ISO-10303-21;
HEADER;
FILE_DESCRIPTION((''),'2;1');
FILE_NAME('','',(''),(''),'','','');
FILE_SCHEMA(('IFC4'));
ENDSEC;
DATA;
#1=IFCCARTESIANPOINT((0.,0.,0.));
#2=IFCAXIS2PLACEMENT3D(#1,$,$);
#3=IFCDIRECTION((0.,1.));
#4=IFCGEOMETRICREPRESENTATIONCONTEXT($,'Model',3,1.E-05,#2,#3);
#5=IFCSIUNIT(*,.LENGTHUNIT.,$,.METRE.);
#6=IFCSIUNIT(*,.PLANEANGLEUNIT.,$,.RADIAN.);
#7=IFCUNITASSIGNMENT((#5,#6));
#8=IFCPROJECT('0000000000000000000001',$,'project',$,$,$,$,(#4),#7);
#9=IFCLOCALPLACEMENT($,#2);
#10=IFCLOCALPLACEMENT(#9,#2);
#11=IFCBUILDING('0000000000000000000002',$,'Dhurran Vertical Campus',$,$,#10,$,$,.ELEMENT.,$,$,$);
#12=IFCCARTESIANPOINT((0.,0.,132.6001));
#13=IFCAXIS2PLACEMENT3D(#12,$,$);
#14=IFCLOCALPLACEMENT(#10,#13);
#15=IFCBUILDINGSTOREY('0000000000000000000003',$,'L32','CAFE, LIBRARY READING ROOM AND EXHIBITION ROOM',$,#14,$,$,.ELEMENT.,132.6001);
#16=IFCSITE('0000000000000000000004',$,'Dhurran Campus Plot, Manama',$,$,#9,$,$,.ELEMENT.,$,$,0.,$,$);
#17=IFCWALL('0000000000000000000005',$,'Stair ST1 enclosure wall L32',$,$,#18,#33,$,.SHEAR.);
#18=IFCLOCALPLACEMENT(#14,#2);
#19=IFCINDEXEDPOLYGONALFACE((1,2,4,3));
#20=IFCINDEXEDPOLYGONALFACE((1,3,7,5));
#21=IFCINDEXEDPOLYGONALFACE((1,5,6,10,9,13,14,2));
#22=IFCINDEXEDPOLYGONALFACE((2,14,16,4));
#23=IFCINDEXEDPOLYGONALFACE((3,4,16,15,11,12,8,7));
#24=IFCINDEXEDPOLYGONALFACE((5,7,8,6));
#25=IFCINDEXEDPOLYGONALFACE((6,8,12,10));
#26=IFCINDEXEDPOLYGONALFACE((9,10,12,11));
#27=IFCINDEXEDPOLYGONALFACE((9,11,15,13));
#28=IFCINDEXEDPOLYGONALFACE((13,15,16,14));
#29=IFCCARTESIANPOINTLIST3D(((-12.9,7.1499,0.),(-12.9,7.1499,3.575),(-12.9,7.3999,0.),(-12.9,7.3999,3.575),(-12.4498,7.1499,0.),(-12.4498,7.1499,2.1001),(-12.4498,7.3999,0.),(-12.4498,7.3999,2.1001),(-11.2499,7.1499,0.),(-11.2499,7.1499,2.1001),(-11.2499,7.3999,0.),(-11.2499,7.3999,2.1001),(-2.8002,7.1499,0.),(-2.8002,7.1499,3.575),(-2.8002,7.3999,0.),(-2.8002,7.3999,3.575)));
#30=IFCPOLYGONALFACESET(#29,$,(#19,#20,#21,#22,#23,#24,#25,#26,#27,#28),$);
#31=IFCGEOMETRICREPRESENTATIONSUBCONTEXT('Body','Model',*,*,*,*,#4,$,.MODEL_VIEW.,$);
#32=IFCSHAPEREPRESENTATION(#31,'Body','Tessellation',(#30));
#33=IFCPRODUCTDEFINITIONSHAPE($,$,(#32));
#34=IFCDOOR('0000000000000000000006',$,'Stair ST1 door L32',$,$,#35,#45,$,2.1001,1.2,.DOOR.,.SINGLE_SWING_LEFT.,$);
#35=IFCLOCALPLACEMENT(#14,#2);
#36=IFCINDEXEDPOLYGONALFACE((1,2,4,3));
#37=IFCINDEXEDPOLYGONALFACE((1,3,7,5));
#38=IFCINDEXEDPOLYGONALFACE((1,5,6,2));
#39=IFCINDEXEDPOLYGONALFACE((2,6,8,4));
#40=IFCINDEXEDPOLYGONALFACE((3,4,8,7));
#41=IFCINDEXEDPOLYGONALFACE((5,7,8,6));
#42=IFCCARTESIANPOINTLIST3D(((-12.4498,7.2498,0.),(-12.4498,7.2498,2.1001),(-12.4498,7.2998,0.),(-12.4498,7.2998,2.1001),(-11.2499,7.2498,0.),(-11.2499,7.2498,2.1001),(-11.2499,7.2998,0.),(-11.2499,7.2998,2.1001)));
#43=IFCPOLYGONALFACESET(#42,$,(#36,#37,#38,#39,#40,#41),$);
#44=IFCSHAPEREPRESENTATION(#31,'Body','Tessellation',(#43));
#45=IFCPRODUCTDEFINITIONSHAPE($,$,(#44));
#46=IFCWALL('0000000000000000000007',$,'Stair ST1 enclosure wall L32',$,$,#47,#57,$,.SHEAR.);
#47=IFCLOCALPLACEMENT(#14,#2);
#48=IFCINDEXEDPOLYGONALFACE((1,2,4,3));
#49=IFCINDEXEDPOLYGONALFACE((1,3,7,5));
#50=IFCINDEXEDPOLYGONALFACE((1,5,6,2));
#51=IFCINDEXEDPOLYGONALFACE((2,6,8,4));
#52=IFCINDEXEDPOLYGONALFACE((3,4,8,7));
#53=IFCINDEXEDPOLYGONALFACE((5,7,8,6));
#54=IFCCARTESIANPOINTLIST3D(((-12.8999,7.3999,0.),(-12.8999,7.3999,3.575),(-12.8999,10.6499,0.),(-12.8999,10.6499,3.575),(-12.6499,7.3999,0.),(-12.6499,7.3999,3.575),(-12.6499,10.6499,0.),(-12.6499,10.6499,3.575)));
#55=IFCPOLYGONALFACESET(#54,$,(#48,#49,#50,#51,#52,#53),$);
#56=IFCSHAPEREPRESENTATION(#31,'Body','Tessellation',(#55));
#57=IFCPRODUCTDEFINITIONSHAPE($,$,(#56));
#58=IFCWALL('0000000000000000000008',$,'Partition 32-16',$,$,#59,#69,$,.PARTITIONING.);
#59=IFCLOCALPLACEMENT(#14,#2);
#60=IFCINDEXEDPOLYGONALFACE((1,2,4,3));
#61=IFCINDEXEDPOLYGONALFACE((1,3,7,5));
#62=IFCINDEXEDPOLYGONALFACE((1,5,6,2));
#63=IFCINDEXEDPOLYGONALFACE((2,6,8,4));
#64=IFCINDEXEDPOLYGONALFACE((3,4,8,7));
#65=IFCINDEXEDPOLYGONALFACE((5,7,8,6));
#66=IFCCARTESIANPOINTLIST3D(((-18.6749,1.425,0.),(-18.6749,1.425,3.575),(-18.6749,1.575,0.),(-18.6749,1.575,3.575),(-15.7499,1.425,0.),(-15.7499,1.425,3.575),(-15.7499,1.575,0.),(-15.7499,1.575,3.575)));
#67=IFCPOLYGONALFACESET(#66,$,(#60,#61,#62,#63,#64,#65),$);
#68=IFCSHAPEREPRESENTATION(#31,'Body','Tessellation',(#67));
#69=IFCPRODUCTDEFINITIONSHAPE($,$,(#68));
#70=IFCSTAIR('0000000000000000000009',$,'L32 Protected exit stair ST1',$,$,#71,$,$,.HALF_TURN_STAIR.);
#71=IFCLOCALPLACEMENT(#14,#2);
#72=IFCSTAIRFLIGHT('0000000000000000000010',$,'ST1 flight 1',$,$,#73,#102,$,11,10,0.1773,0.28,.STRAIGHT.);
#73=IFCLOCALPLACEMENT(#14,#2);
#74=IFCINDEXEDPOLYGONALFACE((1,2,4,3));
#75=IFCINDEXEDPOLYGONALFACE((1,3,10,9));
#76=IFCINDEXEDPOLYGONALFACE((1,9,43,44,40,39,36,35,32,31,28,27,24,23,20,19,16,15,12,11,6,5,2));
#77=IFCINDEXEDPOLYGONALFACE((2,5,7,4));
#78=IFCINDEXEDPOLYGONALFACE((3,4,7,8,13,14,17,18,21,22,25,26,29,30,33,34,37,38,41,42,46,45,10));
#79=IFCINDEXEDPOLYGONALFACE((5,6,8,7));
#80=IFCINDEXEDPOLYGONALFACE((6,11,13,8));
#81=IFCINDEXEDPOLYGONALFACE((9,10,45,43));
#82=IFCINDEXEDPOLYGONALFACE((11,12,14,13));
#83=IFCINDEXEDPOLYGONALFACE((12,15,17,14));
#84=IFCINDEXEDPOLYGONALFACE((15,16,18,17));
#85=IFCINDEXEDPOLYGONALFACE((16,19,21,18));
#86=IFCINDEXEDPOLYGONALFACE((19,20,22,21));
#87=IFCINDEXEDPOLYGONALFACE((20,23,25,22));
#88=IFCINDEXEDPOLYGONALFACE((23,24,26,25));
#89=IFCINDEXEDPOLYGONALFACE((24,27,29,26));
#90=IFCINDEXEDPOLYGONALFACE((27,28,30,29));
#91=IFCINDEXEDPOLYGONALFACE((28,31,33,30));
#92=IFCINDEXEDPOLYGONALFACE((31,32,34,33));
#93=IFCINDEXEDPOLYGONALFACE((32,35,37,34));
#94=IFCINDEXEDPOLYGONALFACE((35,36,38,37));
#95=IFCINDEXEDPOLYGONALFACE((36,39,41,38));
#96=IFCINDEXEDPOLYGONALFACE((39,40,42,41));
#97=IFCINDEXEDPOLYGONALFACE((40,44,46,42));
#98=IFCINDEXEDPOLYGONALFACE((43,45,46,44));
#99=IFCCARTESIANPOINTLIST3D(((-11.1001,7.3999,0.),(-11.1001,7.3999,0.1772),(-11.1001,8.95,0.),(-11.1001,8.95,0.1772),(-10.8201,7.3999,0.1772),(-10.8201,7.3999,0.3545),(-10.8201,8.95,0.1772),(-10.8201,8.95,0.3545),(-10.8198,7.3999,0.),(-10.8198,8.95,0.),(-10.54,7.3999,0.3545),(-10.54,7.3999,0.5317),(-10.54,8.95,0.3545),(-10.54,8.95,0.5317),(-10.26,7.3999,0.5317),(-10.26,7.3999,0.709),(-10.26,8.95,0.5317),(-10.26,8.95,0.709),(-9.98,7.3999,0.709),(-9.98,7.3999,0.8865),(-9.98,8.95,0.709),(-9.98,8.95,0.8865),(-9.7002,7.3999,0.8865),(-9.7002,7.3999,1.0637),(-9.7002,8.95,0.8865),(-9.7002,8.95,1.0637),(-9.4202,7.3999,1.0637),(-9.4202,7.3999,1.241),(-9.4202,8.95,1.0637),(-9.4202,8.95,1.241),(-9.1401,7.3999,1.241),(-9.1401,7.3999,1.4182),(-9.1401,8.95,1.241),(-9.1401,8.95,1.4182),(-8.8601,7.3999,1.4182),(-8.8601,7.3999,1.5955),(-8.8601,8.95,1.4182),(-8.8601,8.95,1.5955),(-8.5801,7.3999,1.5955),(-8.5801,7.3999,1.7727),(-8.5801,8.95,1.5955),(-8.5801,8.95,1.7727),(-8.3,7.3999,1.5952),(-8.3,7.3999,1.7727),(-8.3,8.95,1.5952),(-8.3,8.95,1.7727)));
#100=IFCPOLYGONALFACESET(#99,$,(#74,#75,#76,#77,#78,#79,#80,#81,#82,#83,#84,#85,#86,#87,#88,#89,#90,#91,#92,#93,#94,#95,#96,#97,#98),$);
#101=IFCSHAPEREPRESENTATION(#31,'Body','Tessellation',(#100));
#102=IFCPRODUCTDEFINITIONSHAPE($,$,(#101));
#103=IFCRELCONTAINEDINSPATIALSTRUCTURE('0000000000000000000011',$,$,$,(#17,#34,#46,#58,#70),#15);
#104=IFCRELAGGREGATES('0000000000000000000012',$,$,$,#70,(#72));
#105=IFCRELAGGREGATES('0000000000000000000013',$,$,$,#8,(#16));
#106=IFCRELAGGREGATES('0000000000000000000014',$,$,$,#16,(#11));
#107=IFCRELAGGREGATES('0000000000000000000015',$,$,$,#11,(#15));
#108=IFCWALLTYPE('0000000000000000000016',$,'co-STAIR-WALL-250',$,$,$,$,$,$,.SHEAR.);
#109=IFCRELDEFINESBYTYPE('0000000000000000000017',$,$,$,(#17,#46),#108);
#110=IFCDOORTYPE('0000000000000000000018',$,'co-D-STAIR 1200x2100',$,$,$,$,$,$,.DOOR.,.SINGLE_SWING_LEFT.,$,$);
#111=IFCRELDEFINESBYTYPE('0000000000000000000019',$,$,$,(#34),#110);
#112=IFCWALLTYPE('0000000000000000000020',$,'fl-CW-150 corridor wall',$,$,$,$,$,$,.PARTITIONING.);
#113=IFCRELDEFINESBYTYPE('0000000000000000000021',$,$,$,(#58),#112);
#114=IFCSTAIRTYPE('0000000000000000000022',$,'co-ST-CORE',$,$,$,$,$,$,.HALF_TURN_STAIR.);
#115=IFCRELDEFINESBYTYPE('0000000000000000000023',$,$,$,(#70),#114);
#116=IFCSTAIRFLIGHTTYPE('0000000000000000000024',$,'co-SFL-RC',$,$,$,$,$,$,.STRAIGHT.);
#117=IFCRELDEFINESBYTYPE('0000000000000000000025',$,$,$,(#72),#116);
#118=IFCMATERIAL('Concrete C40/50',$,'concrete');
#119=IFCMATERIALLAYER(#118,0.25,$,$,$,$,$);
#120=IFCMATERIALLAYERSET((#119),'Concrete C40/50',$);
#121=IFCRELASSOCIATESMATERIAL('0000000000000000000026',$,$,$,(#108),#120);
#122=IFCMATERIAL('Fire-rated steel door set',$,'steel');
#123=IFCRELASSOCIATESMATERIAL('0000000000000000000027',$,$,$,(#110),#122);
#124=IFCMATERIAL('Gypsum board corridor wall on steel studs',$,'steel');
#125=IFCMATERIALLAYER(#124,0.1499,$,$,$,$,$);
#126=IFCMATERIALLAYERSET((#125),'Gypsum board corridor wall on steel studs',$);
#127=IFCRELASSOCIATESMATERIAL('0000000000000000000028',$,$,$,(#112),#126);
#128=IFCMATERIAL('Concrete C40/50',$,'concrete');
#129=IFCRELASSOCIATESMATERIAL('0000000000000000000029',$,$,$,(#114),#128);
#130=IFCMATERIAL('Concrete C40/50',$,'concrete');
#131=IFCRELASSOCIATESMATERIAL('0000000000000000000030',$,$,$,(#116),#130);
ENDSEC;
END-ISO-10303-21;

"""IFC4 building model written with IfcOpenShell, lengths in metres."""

from ifc_helpers import new_model, si_unit, direction, frame, frame_2d, origin, place, context, subcontext, project, spatial, polyline, rectangle, outline, extrude, material, layer, layer_set, type_object, element, fill, aggregate, save


model = new_model("IFC4")

# Units and contexts
model_context = context("Model", 3, precision=1e-05, world=origin(), true_north=direction((0.0, 1.0)))
body_context = subcontext(model_context, "Body", "Model", "MODEL_VIEW")
ifc_project = project(units=[si_unit("LENGTHUNIT", "METRE"), si_unit("PLANEANGLEUNIT", "RADIAN")], contexts=[model_context])

# Site, building, storey
site_placement = place(None, origin())
site = spatial("IfcSite", under=ifc_project, at=site_placement, Name="Dhurran Campus Plot, Manama", CompositionType="ELEMENT", RefElevation=0.0)
building_placement = place(site_placement, origin())
building = spatial("IfcBuilding", under=site, at=building_placement, Name="Dhurran Vertical Campus", CompositionType="ELEMENT")
storey_placement = place(building_placement, frame((0.0, 0.0, 132.6001)))
storey = spatial("IfcBuildingStorey", under=building, at=storey_placement, Name="L32", Description="CAFE, LIBRARY READING ROOM AND EXHIBITION ROOM", CompositionType="ELEMENT", Elevation=132.6001)

# Wall, opening, door
ifc_material_1 = material(Name="Concrete C40/50", Category="concrete")
ifc_layer_1 = layer(ifc_material_1, 0.25)
ifc_layer_set_1 = layer_set([ifc_layer_1], Name="Concrete C40/50")
wall_type_1 = type_object("IfcWallType", Name="co-STAIR-WALL-250", PredefinedType="SHEAR", material=ifc_layer_set_1)
wall_1_placement = place(storey_placement, frame((-12.8999, 7.2749, 0.0), z_axis=(0.0, 0.0, 1.0), x_axis=(1.0, 0.0, 0.0)))
wall_1 = element("IfcWall", 1, at=wall_1_placement, inside=storey, type_object=wall_type_1, Name="Stair ST1 enclosure wall L32", PredefinedType="SHEAR", context=body_context, shape_type="SweptSolid", body=[
    extrude(rectangle(XDim=10.0999, YDim=0.25, at=frame_2d((5.0498, 0.0))), origin(), (0.0, 0.0, 1.0), 3.575),
])
opening_1_placement = place(wall_1_placement, frame((0.45, 0.0, 0.0)))
opening_1 = element("IfcOpeningElement", 2, at=opening_1_placement, cuts=wall_1, PredefinedType="OPENING", context=body_context, shape_type="SweptSolid", body=[
    extrude(rectangle(XDim=1.2, YDim=2.1001, at=frame_2d((0.6001, 1.05))), frame((0.0, 0.135, 0.0), z_axis=(0.0, -1.0, 0.0), x_axis=(1.0, 0.0, 0.0)), (0.0, 0.0, 1.0), 0.27),
])
ifc_material_2 = material(Name="Fire-rated steel door set", Category="steel")
door_type_1 = type_object("IfcDoorType", Name="co-D-STAIR 1200x2100", OperationType="SINGLE_SWING_LEFT", PredefinedType="DOOR", material=ifc_material_2)
door_1_placement = place(opening_1_placement, origin())
door_1 = element("IfcDoor", 3, at=door_1_placement, inside=storey, type_object=door_type_1, Name="Stair ST1 door L32", OperationType="SINGLE_SWING_LEFT", OverallHeight=2.1001, OverallWidth=1.2, PredefinedType="DOOR", context=body_context, shape_type="SweptSolid", body=[
    extrude(rectangle(XDim=1.2, YDim=2.1001, at=frame_2d((0.6001, 1.05))), frame((0.0, 0.0249, 0.0), z_axis=(0.0, -1.0, 0.0), x_axis=(1.0, 0.0, 0.0)), (0.0, 0.0, 1.0), 0.05),
])
fill(opening_1, door_1)

# Walls
wall_2_placement = place(storey_placement, frame((-12.7749, 7.3999, 0.0), z_axis=(0.0, 0.0, 1.0), x_axis=(0.0, 1.0, 0.0)))
element("IfcWall", 4, at=wall_2_placement, inside=storey, type_object=wall_type_1, Name="Stair ST1 enclosure wall L32", PredefinedType="SHEAR", context=body_context, shape_type="SweptSolid", body=[
    extrude(rectangle(XDim=3.25, YDim=0.25, at=frame_2d((1.625, 0.0))), origin(), (0.0, 0.0, 1.0), 3.575),
])
ifc_material_3 = material(Name="Gypsum board corridor wall on steel studs", Category="steel")
ifc_layer_2 = layer(ifc_material_3, 0.1499)
ifc_layer_set_2 = layer_set([ifc_layer_2], Name="Gypsum board corridor wall on steel studs")
wall_type_2 = type_object("IfcWallType", Name="fl-CW-150 corridor wall", PredefinedType="PARTITIONING", material=ifc_layer_set_2)
wall_3_placement = place(storey_placement, frame((-15.75, 1.5, 0.0), z_axis=(0.0, 0.0, 1.0), x_axis=(-1.0, 0.0, 0.0)))
element("IfcWall", 5, at=wall_3_placement, inside=storey, type_object=wall_type_2, Name="Partition 32-16", PredefinedType="PARTITIONING", context=body_context, shape_type="SweptSolid", body=[
    extrude(rectangle(XDim=2.925, YDim=0.1499, at=frame_2d((1.4624, 0.0))), origin(), (0.0, 0.0, 1.0), 3.575),
])

# Stair, stair flight
ifc_material_4 = material(Name="Concrete C40/50", Category="concrete")
stair_type = type_object("IfcStairType", Name="co-ST-CORE", PredefinedType="HALF_TURN_STAIR", material=ifc_material_4)
stair_placement = place(storey_placement, origin())
stair = element("IfcStair", 6, at=stair_placement, inside=storey, type_object=stair_type, Name="L32 Protected exit stair ST1", PredefinedType="HALF_TURN_STAIR")
ifc_material_5 = material(Name="Concrete C40/50", Category="concrete")
stair_flight_type = type_object("IfcStairFlightType", Name="co-SFL-RC", PredefinedType="STRAIGHT", material=ifc_material_5)
stair_flight_placement = place(storey_placement, frame((-11.1001, 8.175, 0.0), z_axis=(0.0, 0.0, 1.0), x_axis=(1.0, 0.0, 0.0)))
stair_flight = element("IfcStairFlight", 7, at=stair_flight_placement, type_object=stair_flight_type, Name="ST1 flight 1", NumberOfRisers=11, NumberOfTreads=10, PredefinedType="STRAIGHT", RiserHeight=0.1773, TreadLength=0.28, context=body_context, shape_type="SweptSolid", body=[
    extrude(outline(polyline([(0.0, 0.0), (0.0, 0.1772), (0.28, 0.1772), (0.28, 0.3545), (0.5601, 0.3545), (0.5601, 0.5317), (0.8401, 0.5317), (0.8401, 0.709), (1.1201, 0.709), (1.1201, 0.8865), (1.3999, 0.8865), (1.3999, 1.0637), (1.6799, 1.0637), (1.6799, 1.241), (1.96, 1.241), (1.96, 1.4182), (2.24, 1.4182), (2.24, 1.5955), (2.52, 1.5955), (2.52, 1.7727), (2.8, 1.7727), (2.8, 1.95), (2.8, 1.5952), (0.2803, 0.0), (0.0, 0.0)])), frame((0.0, 0.7749, 0.0), z_axis=(0.0, -1.0, 0.0), x_axis=(1.0, 0.0, 0.0)), (0.0, 0.0, 1.0), 1.55),
])
aggregate(stair, [stair_flight])

save(model, "model.ifc")
